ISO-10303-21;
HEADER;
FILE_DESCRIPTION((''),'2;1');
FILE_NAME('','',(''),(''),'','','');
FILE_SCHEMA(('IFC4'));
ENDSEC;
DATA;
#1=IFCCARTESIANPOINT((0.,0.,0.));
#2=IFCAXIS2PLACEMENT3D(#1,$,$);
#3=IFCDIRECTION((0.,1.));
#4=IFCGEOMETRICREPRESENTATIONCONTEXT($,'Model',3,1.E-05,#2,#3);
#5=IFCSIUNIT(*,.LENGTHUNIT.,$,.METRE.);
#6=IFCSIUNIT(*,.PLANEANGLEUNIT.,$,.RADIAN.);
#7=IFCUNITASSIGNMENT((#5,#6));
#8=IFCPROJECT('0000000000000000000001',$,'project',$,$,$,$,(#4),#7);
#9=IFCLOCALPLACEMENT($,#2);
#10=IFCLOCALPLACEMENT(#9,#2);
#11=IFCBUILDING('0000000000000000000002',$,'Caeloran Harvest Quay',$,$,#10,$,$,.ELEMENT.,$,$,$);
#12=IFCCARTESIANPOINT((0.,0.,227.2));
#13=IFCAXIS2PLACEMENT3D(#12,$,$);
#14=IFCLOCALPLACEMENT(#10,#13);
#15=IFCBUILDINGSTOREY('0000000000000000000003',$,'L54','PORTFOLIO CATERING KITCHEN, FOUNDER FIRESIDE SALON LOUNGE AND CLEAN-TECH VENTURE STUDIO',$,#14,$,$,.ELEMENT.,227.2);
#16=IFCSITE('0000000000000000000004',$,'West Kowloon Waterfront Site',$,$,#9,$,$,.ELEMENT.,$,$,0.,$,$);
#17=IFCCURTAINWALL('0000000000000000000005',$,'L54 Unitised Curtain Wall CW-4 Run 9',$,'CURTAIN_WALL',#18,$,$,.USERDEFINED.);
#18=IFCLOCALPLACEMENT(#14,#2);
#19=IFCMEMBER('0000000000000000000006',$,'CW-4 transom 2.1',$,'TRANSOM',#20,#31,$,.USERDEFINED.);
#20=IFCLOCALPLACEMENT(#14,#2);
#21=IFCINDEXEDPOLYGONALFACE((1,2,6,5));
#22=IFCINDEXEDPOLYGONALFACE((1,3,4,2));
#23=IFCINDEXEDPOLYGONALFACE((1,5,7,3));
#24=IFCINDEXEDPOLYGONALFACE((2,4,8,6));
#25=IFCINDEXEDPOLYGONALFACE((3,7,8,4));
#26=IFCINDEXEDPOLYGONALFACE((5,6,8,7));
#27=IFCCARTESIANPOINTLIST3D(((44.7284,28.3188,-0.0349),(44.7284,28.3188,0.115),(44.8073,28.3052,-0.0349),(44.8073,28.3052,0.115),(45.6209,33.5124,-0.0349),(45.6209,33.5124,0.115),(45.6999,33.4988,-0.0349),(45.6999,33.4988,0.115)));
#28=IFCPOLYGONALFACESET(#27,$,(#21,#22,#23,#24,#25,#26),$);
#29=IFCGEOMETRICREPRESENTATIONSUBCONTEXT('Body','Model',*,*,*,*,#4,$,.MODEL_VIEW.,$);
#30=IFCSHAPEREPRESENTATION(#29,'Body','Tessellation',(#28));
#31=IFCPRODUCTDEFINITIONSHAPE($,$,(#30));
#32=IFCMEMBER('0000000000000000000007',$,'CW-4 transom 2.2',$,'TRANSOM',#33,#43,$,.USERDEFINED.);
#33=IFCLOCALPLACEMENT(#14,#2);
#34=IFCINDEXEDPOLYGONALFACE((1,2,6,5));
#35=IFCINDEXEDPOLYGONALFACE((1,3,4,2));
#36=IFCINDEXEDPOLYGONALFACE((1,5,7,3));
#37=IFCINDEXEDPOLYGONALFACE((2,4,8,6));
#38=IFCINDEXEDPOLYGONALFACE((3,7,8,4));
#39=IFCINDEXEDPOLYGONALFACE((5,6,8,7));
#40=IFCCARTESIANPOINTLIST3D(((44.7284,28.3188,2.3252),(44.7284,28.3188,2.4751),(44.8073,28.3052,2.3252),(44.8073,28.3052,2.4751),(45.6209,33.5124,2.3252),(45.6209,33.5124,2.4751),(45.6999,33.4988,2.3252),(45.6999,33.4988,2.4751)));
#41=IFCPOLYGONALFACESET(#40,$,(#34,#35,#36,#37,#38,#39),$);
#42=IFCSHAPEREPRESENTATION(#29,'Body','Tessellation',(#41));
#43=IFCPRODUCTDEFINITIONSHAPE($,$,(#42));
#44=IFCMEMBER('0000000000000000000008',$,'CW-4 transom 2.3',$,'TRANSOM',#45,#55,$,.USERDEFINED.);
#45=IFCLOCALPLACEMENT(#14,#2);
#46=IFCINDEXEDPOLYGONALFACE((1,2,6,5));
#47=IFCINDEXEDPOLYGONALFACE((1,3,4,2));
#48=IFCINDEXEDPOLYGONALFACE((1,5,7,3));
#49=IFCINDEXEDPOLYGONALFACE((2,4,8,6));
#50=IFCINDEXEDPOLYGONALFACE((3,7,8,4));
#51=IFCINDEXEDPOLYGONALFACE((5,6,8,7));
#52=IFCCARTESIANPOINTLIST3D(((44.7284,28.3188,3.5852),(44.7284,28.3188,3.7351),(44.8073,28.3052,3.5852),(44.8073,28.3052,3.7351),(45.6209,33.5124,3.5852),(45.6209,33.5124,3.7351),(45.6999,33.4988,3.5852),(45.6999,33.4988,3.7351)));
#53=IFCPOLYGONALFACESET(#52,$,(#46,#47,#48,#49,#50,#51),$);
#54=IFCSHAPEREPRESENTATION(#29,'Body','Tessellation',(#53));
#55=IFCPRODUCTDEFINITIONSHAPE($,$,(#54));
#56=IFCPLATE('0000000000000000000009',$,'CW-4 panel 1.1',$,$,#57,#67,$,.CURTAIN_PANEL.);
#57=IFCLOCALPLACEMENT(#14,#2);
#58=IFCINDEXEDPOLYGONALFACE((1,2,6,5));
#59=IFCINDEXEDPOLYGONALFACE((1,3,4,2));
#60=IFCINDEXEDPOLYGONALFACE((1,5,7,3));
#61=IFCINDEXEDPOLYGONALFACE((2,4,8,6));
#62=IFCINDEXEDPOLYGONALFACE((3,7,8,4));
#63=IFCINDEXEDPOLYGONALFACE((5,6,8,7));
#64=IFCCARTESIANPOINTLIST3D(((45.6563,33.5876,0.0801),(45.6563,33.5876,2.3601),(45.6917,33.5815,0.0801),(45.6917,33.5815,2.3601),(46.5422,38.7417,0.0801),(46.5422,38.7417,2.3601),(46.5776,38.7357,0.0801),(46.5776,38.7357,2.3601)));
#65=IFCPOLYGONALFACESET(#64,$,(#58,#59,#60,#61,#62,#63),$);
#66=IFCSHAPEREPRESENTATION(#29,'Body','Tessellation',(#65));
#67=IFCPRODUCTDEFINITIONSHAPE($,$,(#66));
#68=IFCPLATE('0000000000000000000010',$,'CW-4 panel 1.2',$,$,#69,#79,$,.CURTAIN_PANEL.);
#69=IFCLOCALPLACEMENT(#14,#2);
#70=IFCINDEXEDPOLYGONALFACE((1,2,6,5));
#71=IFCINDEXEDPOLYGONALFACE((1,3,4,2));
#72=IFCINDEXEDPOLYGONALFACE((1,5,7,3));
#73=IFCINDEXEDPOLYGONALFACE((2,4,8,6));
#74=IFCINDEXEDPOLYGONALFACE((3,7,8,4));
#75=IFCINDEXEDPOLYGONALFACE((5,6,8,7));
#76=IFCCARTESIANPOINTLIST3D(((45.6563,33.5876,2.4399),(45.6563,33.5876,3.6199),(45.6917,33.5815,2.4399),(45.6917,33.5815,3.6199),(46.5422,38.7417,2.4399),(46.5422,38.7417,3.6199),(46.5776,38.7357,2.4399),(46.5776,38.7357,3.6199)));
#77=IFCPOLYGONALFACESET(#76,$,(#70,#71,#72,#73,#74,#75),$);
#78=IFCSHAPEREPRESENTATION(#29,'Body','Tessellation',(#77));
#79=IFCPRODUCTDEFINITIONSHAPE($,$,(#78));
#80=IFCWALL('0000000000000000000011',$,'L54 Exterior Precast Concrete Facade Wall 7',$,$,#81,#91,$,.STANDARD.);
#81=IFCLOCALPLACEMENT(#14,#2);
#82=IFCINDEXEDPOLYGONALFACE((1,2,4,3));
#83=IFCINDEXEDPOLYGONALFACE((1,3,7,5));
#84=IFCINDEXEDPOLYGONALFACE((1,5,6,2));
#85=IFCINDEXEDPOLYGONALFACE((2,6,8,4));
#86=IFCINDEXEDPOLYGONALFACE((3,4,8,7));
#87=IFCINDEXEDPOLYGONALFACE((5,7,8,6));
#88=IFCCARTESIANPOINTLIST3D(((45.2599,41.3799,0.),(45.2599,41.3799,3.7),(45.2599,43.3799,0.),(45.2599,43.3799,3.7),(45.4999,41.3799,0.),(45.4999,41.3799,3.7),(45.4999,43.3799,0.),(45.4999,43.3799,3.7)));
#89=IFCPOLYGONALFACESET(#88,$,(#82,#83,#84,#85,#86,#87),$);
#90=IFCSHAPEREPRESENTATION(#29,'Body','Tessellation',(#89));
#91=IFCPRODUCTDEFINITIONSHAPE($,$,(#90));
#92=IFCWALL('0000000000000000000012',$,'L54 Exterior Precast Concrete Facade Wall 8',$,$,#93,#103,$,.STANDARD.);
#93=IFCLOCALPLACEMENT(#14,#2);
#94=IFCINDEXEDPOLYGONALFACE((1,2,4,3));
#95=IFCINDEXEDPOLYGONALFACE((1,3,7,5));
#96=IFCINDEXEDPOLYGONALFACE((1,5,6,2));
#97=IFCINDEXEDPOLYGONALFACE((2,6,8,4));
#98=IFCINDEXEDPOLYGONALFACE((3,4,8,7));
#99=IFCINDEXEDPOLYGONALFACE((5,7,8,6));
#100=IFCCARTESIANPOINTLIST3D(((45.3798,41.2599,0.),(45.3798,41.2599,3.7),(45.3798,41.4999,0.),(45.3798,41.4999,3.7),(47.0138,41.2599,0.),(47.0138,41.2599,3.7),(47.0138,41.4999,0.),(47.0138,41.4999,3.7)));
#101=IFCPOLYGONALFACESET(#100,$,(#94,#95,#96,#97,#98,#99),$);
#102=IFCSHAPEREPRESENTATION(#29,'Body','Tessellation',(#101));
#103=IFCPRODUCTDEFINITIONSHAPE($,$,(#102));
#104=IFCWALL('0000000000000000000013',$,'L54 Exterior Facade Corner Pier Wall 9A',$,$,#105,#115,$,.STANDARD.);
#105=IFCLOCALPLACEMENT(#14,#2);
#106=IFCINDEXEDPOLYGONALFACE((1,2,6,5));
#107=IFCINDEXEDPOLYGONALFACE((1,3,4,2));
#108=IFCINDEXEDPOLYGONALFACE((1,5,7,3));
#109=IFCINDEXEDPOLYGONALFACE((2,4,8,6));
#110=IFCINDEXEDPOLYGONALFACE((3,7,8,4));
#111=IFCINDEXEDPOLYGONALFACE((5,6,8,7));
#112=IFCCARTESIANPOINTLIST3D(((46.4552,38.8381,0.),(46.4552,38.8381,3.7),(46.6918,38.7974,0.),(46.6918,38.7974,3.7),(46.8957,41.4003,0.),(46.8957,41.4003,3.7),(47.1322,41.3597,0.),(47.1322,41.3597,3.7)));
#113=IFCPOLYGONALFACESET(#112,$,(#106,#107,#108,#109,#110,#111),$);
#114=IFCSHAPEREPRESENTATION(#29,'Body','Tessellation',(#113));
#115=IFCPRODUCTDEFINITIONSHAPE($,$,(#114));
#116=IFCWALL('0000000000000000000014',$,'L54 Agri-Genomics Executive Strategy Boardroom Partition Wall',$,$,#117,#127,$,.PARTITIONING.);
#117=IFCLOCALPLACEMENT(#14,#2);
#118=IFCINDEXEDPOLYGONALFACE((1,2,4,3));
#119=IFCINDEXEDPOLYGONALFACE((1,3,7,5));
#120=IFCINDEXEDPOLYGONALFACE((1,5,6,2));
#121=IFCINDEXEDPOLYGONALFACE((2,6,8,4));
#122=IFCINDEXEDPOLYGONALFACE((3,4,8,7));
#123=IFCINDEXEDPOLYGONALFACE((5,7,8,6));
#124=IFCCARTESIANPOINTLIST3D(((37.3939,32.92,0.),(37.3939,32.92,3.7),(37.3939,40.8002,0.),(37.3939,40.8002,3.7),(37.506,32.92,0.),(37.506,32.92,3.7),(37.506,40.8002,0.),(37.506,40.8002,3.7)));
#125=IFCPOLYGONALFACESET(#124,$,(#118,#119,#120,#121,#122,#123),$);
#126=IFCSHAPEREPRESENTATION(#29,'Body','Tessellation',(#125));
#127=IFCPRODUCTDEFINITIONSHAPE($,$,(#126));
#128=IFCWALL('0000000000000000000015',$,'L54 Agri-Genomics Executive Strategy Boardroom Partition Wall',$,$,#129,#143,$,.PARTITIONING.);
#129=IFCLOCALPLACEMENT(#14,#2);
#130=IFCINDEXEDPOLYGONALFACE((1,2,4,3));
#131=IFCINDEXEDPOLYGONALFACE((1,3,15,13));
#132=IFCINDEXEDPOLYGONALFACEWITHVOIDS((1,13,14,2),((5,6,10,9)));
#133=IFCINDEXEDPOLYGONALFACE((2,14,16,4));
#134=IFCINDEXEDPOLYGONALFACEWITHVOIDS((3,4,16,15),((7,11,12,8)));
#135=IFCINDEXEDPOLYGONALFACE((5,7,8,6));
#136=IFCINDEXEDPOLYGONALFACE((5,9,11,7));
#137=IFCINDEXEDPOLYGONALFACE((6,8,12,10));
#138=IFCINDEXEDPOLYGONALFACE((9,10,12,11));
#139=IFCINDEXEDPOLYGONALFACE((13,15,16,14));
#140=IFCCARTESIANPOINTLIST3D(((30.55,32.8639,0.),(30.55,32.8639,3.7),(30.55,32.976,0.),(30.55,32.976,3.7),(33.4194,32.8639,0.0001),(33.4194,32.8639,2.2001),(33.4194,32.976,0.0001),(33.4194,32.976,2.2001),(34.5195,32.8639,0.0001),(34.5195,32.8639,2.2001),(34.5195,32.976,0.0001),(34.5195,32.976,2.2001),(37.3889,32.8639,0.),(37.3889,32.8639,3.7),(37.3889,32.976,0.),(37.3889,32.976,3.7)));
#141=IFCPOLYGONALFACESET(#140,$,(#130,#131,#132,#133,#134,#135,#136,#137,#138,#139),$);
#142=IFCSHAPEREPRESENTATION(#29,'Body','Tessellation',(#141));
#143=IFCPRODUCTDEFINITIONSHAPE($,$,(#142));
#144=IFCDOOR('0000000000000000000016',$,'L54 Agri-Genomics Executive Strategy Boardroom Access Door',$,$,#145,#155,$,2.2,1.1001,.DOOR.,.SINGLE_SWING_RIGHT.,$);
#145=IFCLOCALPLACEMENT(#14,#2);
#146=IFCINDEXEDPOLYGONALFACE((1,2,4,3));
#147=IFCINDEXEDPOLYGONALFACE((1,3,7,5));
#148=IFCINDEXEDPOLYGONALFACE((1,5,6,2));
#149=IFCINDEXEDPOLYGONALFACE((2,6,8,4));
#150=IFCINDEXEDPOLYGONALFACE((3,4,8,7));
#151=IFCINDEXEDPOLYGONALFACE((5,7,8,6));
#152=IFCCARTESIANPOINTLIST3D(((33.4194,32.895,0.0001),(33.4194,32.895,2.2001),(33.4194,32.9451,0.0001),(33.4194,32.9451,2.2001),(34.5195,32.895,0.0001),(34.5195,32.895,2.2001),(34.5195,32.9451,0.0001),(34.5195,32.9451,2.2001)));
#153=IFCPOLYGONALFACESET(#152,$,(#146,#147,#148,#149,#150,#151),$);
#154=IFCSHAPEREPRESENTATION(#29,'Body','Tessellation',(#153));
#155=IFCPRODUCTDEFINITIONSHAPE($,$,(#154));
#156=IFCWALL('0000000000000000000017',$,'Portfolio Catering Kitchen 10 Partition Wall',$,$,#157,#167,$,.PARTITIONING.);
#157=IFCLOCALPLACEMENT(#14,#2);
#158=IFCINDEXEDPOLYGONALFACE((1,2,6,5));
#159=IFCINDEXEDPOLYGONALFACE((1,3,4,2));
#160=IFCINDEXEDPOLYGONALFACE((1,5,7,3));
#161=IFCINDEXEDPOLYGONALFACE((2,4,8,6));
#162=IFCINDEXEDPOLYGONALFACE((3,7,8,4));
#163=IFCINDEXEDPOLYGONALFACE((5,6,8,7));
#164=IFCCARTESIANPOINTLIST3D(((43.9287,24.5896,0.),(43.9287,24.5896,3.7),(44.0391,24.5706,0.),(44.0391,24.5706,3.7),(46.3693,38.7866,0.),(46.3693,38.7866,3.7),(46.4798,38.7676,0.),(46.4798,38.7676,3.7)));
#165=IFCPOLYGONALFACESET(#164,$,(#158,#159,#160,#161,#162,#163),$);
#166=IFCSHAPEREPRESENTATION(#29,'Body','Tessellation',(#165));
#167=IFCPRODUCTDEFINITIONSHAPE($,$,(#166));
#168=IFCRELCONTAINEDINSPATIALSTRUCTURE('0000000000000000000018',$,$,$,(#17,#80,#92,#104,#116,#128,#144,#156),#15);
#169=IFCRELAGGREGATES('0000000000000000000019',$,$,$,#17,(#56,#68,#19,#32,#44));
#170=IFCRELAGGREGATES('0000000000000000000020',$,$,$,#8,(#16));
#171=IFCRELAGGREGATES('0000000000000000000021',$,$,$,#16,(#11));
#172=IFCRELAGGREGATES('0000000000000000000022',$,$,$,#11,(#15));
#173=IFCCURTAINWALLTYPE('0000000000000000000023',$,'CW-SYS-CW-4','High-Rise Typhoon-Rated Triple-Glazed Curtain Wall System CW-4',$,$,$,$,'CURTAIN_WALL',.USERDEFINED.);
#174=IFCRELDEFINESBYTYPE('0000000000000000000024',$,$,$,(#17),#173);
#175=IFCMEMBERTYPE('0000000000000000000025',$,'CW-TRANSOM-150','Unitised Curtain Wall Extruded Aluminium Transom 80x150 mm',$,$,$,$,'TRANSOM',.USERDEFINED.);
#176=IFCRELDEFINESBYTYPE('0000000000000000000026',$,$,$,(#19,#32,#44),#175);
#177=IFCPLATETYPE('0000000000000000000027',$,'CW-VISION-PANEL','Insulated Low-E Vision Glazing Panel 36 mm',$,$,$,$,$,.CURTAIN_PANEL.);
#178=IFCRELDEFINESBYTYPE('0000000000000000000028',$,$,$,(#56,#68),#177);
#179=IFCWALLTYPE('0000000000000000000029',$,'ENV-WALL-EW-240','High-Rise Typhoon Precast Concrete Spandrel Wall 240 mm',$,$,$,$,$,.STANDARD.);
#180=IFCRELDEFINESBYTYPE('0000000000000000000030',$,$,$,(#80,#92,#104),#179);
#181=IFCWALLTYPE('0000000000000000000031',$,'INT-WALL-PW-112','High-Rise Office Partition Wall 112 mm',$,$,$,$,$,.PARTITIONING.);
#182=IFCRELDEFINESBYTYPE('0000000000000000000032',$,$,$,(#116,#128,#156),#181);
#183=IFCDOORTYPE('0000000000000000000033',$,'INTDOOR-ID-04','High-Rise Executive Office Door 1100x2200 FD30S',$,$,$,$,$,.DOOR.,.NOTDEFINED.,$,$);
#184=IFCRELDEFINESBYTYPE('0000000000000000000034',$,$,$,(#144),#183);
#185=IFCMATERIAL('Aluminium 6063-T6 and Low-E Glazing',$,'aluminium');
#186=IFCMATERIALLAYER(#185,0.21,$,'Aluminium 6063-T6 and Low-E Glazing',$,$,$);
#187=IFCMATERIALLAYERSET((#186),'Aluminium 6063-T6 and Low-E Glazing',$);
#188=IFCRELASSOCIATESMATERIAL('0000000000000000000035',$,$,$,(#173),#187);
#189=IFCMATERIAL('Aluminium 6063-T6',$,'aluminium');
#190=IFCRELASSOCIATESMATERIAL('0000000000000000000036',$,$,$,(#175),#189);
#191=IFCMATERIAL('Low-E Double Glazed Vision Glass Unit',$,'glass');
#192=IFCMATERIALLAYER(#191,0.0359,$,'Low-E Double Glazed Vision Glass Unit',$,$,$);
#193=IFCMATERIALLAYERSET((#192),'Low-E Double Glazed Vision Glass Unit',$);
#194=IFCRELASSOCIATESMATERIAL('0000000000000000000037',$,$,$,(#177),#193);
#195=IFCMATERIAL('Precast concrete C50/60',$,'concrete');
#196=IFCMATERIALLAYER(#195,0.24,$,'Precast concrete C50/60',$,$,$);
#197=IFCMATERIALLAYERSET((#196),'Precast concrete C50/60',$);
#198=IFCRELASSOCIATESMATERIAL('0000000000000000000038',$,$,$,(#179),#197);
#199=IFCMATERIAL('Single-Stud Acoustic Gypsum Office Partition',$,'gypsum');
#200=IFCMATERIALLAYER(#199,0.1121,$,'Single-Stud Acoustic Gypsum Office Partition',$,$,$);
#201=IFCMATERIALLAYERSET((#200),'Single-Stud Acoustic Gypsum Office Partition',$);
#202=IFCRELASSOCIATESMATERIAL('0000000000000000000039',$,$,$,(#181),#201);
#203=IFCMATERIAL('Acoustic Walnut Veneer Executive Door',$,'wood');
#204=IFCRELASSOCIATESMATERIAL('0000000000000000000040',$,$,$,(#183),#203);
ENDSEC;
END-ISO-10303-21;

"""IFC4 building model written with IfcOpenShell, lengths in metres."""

from ifc_helpers import new_model, si_unit, direction, frame, frame_2d, origin, origin_2d, place, context, subcontext, project, spatial, rectangle, extrude, material, layer, layer_set, material_profile, profile_set, type_object, element, fill, aggregate, save


model = new_model("IFC4")

# Units and contexts
model_context = context("Model", 3, precision=1e-05, world=origin(), true_north=direction((0.0, 1.0)))
body_context = subcontext(model_context, "Body", "Model", "MODEL_VIEW")
ifc_project = project(units=[si_unit("LENGTHUNIT", "METRE"), si_unit("PLANEANGLEUNIT", "RADIAN")], contexts=[model_context])

# Site, building, storey
site_placement = place(None, origin())
site = spatial("IfcSite", under=ifc_project, at=site_placement, Name="West Kowloon Waterfront Site", CompositionType="ELEMENT", RefElevation=0.0)
building_placement = place(site_placement, origin())
building = spatial("IfcBuilding", under=site, at=building_placement, Name="Caeloran Harvest Quay", CompositionType="ELEMENT")
storey_placement = place(building_placement, frame((0.0, 0.0, 227.2)))
storey = spatial("IfcBuildingStorey", under=building, at=storey_placement, Name="L54", Description="PORTFOLIO CATERING KITCHEN, FOUNDER FIRESIDE SALON LOUNGE AND CLEAN-TECH VENTURE STUDIO", CompositionType="ELEMENT", Elevation=227.2)

# Curtain wall, members, plates
ifc_material_1 = material(Name="Aluminium 6063-T6 and Low-E Glazing", Category="aluminium")
ifc_layer_1 = layer(ifc_material_1, 0.21, Name="Aluminium 6063-T6 and Low-E Glazing")
ifc_layer_set_1 = layer_set([ifc_layer_1], Name="Aluminium 6063-T6 and Low-E Glazing")
curtain_wall_type = type_object("IfcCurtainWallType", Name="CW-SYS-CW-4", Description="High-Rise Typhoon-Rated Triple-Glazed Curtain Wall System CW-4", ElementType="CURTAIN_WALL", PredefinedType="USERDEFINED", material=ifc_layer_set_1)
curtain_wall_placement = place(storey_placement, origin())
curtain_wall = element("IfcCurtainWall", 1, at=curtain_wall_placement, inside=storey, type_object=curtain_wall_type, Name="L54 Unitised Curtain Wall CW-4 Run 9", ObjectType="CURTAIN_WALL", PredefinedType="USERDEFINED")
ifc_material_2 = material(Name="Aluminium 6063-T6", Category="aluminium")
ifc_material_profile_1 = material_profile(ifc_material_2, rectangle(XDim=0.0801, YDim=0.1499, at=origin_2d()), Name="CW-TRANSOM-150")
ifc_profile_set_1 = profile_set([ifc_material_profile_1], Name="Aluminium 6063-T6")
member_type_1 = type_object("IfcMemberType", Name="CW-TRANSOM-150", Description="Unitised Curtain Wall Extruded Aluminium Transom 80x150 mm", ElementType="TRANSOM", PredefinedType="USERDEFINED", material=ifc_profile_set_1)
member_1_placement = place(storey_placement, frame((45.6604, 33.5056, 0.04), z_axis=(-0.169378, -0.985551, 0.0), x_axis=(0.985551, -0.169378, 0.0)))
member_1 = element("IfcMember", 2, at=member_1_placement, type_object=member_type_1, Name="CW-4 transom 2.1", ObjectType="TRANSOM", PredefinedType="USERDEFINED", context=body_context, shape_type="SweptSolid", body=[
    extrude(rectangle(XDim=0.0801, YDim=0.1499, at=origin_2d()), origin(), (0.0, 0.0, 1.0), 5.2698),
])
member_2_placement = place(storey_placement, frame((45.6604, 33.5056, 2.4001), z_axis=(-0.169378, -0.985551, 0.0), x_axis=(0.985551, -0.169378, 0.0)))
member_2 = element("IfcMember", 3, at=member_2_placement, type_object=member_type_1, Name="CW-4 transom 2.2", ObjectType="TRANSOM", PredefinedType="USERDEFINED", context=body_context, shape_type="SweptSolid", body=[
    extrude(rectangle(XDim=0.0801, YDim=0.1499, at=origin_2d()), origin(), (0.0, 0.0, 1.0), 5.2698),
])
member_3_placement = place(storey_placement, frame((45.6604, 33.5056, 3.6602), z_axis=(-0.169378, -0.985551, 0.0), x_axis=(0.985551, -0.169378, 0.0)))
member_3 = element("IfcMember", 4, at=member_3_placement, type_object=member_type_1, Name="CW-4 transom 2.3", ObjectType="TRANSOM", PredefinedType="USERDEFINED", context=body_context, shape_type="SweptSolid", body=[
    extrude(rectangle(XDim=0.0801, YDim=0.1499, at=origin_2d()), origin(), (0.0, 0.0, 1.0), 5.2698),
])
ifc_material_3 = material(Name="Low-E Double Glazed Vision Glass Unit", Category="glass")
ifc_layer_2 = layer(ifc_material_3, 0.0359, Name="Low-E Double Glazed Vision Glass Unit")
ifc_layer_set_2 = layer_set([ifc_layer_2], Name="Low-E Double Glazed Vision Glass Unit")
plate_type = type_object("IfcPlateType", Name="CW-VISION-PANEL", Description="Insulated Low-E Vision Glazing Panel 36 mm", PredefinedType="CURTAIN_PANEL", material=ifc_layer_set_2)
plate_1_placement = place(storey_placement, frame((46.1169, 36.1616, 0.0801), z_axis=(0.0, 0.0, 1.0), x_axis=(-0.169391, -0.985549, 0.0)))
plate_1 = element("IfcPlate", 5, at=plate_1_placement, type_object=plate_type, Name="CW-4 panel 1.1", PredefinedType="CURTAIN_PANEL", context=body_context, shape_type="SweptSolid", body=[
    extrude(rectangle(XDim=5.2297, YDim=0.0359, at=origin_2d()), origin(), (0.0, 0.0, 1.0), 2.28),
])
plate_2_placement = place(storey_placement, frame((46.1169, 36.1616, 2.4399), z_axis=(0.0, 0.0, 1.0), x_axis=(-0.169391, -0.985549, 0.0)))
plate_2 = element("IfcPlate", 6, at=plate_2_placement, type_object=plate_type, Name="CW-4 panel 1.2", PredefinedType="CURTAIN_PANEL", context=body_context, shape_type="SweptSolid", body=[
    extrude(rectangle(XDim=5.2297, YDim=0.0359, at=origin_2d()), origin(), (0.0, 0.0, 1.0), 1.1799),
])
aggregate(curtain_wall, [plate_1, plate_2, member_1, member_2, member_3])

# Walls
ifc_material_4 = material(Name="Precast concrete C50/60", Category="concrete")
ifc_layer_3 = layer(ifc_material_4, 0.24, Name="Precast concrete C50/60")
ifc_layer_set_3 = layer_set([ifc_layer_3], Name="Precast concrete C50/60")
wall_type_1 = type_object("IfcWallType", Name="ENV-WALL-EW-240", Description="High-Rise Typhoon Precast Concrete Spandrel Wall 240 mm", PredefinedType="STANDARD", material=ifc_layer_set_3)
wall_1_placement = place(storey_placement, frame((45.3799, 43.3799, 0.0), z_axis=(0.0, 0.0, 1.0), x_axis=(0.0, -1.0, 0.0)))
element("IfcWall", 7, at=wall_1_placement, inside=storey, type_object=wall_type_1, Name="L54 Exterior Precast Concrete Facade Wall 7", PredefinedType="STANDARD", context=body_context, shape_type="SweptSolid", body=[
    extrude(rectangle(XDim=2.0, YDim=0.24, at=frame_2d((1.0, 0.0))), origin(), (0.0, 0.0, 1.0), 3.7),
])
wall_2_placement = place(storey_placement, frame((45.3799, 41.3799, 0.0), z_axis=(0.0, 0.0, 1.0), x_axis=(1.0, 0.0, 0.0)))
element("IfcWall", 8, at=wall_2_placement, inside=storey, type_object=wall_type_1, Name="L54 Exterior Precast Concrete Facade Wall 8", PredefinedType="STANDARD", context=body_context, shape_type="SweptSolid", body=[
    extrude(rectangle(XDim=1.634, YDim=0.24, at=frame_2d((0.8169, 0.0))), origin(), (0.0, 0.0, 1.0), 3.7),
])
wall_3_placement = place(storey_placement, frame((47.0139, 41.3799, 0.0), z_axis=(0.0, 0.0, 1.0), x_axis=(-0.169407, -0.985546, 0.0)))
element("IfcWall", 9, at=wall_3_placement, inside=storey, type_object=wall_type_1, Name="L54 Exterior Facade Corner Pier Wall 9A", PredefinedType="STANDARD", context=body_context, shape_type="SweptSolid", body=[
    extrude(rectangle(XDim=2.5999, YDim=0.24, at=frame_2d((1.2998, 0.0))), origin(), (0.0, 0.0, 1.0), 3.7),
])
ifc_material_5 = material(Name="Single-Stud Acoustic Gypsum Office Partition", Category="gypsum")
ifc_layer_4 = layer(ifc_material_5, 0.1121, Name="Single-Stud Acoustic Gypsum Office Partition")
ifc_layer_set_4 = layer_set([ifc_layer_4], Name="Single-Stud Acoustic Gypsum Office Partition")
wall_type_2 = type_object("IfcWallType", Name="INT-WALL-PW-112", Description="High-Rise Office Partition Wall 112 mm", PredefinedType="PARTITIONING", material=ifc_layer_set_4)
wall_4_placement = place(storey_placement, frame((37.45, 40.8, 0.0), z_axis=(0.0, 0.0, 1.0), x_axis=(0.0, -1.0, 0.0)))
element("IfcWall", 10, at=wall_4_placement, inside=storey, type_object=wall_type_2, Name="L54 Agri-Genomics Executive Strategy Boardroom Partition Wall", PredefinedType="PARTITIONING", context=body_context, shape_type="SweptSolid", body=[
    extrude(rectangle(XDim=7.8801, YDim=0.1121, at=frame_2d((3.9399, 0.0))), origin(), (0.0, 0.0, 1.0), 3.7),
])

# Wall, opening, door
wall_5_placement = place(storey_placement, frame((37.3889, 32.9199, 0.0), z_axis=(0.0, 0.0, 1.0), x_axis=(-1.0, 0.0, 0.0)))
wall_5 = element("IfcWall", 11, at=wall_5_placement, inside=storey, type_object=wall_type_2, Name="L54 Agri-Genomics Executive Strategy Boardroom Partition Wall", PredefinedType="PARTITIONING", context=body_context, shape_type="SweptSolid", body=[
    extrude(rectangle(XDim=6.8389, YDim=0.1121, at=frame_2d((3.4194, 0.0))), origin(), (0.0, 0.0, 1.0), 3.7),
])
opening_placement = place(wall_5_placement, frame((2.8694, 0.0, 0.0)))
opening = element("IfcOpeningElement", 12, at=opening_placement, cuts=wall_5, PredefinedType="OPENING", context=body_context, shape_type="SweptSolid", body=[
    extrude(rectangle(XDim=1.1001, YDim=2.2, at=frame_2d((0.55, 1.1001))), frame((0.0, 0.0659, 0.0), z_axis=(0.0, -1.0, 0.0), x_axis=(1.0, 0.0, 0.0)), (0.0, 0.0, 1.0), 0.1321),
])
ifc_material_6 = material(Name="Acoustic Walnut Veneer Executive Door", Category="wood")
door_type = type_object("IfcDoorType", Name="INTDOOR-ID-04", Description="High-Rise Executive Office Door 1100x2200 FD30S", OperationType="NOTDEFINED", PredefinedType="DOOR", material=ifc_material_6)
door_placement = place(opening_placement, origin())
door = element("IfcDoor", 13, at=door_placement, inside=storey, type_object=door_type, Name="L54 Agri-Genomics Executive Strategy Boardroom Access Door", OperationType="SINGLE_SWING_RIGHT", OverallHeight=2.2, OverallWidth=1.1001, PredefinedType="DOOR", context=body_context, shape_type="SweptSolid", body=[
    extrude(rectangle(XDim=1.1001, YDim=2.2, at=frame_2d((0.55, 1.1001))), frame((0.0, 0.0249, 0.0), z_axis=(0.0, -1.0, 0.0), x_axis=(1.0, 0.0, 0.0)), (0.0, 0.0, 1.0), 0.05),
])
fill(opening, door)

# Wall
wall_6_placement = place(storey_placement, frame((46.4246, 38.7771, 0.0), z_axis=(0.0, 0.0, 1.0), x_axis=(-0.169429, -0.985542, 0.0)))
element("IfcWall", 14, at=wall_6_placement, inside=storey, type_object=wall_type_2, Name="Portfolio Catering Kitchen 10 Partition Wall", PredefinedType="PARTITIONING", context=body_context, shape_type="SweptSolid", body=[
    extrude(rectangle(XDim=14.4053, YDim=0.1121, at=frame_2d((7.2026, 0.0))), origin(), (0.0, 0.0, 1.0), 3.7),
])

save(model, "model.ifc")
